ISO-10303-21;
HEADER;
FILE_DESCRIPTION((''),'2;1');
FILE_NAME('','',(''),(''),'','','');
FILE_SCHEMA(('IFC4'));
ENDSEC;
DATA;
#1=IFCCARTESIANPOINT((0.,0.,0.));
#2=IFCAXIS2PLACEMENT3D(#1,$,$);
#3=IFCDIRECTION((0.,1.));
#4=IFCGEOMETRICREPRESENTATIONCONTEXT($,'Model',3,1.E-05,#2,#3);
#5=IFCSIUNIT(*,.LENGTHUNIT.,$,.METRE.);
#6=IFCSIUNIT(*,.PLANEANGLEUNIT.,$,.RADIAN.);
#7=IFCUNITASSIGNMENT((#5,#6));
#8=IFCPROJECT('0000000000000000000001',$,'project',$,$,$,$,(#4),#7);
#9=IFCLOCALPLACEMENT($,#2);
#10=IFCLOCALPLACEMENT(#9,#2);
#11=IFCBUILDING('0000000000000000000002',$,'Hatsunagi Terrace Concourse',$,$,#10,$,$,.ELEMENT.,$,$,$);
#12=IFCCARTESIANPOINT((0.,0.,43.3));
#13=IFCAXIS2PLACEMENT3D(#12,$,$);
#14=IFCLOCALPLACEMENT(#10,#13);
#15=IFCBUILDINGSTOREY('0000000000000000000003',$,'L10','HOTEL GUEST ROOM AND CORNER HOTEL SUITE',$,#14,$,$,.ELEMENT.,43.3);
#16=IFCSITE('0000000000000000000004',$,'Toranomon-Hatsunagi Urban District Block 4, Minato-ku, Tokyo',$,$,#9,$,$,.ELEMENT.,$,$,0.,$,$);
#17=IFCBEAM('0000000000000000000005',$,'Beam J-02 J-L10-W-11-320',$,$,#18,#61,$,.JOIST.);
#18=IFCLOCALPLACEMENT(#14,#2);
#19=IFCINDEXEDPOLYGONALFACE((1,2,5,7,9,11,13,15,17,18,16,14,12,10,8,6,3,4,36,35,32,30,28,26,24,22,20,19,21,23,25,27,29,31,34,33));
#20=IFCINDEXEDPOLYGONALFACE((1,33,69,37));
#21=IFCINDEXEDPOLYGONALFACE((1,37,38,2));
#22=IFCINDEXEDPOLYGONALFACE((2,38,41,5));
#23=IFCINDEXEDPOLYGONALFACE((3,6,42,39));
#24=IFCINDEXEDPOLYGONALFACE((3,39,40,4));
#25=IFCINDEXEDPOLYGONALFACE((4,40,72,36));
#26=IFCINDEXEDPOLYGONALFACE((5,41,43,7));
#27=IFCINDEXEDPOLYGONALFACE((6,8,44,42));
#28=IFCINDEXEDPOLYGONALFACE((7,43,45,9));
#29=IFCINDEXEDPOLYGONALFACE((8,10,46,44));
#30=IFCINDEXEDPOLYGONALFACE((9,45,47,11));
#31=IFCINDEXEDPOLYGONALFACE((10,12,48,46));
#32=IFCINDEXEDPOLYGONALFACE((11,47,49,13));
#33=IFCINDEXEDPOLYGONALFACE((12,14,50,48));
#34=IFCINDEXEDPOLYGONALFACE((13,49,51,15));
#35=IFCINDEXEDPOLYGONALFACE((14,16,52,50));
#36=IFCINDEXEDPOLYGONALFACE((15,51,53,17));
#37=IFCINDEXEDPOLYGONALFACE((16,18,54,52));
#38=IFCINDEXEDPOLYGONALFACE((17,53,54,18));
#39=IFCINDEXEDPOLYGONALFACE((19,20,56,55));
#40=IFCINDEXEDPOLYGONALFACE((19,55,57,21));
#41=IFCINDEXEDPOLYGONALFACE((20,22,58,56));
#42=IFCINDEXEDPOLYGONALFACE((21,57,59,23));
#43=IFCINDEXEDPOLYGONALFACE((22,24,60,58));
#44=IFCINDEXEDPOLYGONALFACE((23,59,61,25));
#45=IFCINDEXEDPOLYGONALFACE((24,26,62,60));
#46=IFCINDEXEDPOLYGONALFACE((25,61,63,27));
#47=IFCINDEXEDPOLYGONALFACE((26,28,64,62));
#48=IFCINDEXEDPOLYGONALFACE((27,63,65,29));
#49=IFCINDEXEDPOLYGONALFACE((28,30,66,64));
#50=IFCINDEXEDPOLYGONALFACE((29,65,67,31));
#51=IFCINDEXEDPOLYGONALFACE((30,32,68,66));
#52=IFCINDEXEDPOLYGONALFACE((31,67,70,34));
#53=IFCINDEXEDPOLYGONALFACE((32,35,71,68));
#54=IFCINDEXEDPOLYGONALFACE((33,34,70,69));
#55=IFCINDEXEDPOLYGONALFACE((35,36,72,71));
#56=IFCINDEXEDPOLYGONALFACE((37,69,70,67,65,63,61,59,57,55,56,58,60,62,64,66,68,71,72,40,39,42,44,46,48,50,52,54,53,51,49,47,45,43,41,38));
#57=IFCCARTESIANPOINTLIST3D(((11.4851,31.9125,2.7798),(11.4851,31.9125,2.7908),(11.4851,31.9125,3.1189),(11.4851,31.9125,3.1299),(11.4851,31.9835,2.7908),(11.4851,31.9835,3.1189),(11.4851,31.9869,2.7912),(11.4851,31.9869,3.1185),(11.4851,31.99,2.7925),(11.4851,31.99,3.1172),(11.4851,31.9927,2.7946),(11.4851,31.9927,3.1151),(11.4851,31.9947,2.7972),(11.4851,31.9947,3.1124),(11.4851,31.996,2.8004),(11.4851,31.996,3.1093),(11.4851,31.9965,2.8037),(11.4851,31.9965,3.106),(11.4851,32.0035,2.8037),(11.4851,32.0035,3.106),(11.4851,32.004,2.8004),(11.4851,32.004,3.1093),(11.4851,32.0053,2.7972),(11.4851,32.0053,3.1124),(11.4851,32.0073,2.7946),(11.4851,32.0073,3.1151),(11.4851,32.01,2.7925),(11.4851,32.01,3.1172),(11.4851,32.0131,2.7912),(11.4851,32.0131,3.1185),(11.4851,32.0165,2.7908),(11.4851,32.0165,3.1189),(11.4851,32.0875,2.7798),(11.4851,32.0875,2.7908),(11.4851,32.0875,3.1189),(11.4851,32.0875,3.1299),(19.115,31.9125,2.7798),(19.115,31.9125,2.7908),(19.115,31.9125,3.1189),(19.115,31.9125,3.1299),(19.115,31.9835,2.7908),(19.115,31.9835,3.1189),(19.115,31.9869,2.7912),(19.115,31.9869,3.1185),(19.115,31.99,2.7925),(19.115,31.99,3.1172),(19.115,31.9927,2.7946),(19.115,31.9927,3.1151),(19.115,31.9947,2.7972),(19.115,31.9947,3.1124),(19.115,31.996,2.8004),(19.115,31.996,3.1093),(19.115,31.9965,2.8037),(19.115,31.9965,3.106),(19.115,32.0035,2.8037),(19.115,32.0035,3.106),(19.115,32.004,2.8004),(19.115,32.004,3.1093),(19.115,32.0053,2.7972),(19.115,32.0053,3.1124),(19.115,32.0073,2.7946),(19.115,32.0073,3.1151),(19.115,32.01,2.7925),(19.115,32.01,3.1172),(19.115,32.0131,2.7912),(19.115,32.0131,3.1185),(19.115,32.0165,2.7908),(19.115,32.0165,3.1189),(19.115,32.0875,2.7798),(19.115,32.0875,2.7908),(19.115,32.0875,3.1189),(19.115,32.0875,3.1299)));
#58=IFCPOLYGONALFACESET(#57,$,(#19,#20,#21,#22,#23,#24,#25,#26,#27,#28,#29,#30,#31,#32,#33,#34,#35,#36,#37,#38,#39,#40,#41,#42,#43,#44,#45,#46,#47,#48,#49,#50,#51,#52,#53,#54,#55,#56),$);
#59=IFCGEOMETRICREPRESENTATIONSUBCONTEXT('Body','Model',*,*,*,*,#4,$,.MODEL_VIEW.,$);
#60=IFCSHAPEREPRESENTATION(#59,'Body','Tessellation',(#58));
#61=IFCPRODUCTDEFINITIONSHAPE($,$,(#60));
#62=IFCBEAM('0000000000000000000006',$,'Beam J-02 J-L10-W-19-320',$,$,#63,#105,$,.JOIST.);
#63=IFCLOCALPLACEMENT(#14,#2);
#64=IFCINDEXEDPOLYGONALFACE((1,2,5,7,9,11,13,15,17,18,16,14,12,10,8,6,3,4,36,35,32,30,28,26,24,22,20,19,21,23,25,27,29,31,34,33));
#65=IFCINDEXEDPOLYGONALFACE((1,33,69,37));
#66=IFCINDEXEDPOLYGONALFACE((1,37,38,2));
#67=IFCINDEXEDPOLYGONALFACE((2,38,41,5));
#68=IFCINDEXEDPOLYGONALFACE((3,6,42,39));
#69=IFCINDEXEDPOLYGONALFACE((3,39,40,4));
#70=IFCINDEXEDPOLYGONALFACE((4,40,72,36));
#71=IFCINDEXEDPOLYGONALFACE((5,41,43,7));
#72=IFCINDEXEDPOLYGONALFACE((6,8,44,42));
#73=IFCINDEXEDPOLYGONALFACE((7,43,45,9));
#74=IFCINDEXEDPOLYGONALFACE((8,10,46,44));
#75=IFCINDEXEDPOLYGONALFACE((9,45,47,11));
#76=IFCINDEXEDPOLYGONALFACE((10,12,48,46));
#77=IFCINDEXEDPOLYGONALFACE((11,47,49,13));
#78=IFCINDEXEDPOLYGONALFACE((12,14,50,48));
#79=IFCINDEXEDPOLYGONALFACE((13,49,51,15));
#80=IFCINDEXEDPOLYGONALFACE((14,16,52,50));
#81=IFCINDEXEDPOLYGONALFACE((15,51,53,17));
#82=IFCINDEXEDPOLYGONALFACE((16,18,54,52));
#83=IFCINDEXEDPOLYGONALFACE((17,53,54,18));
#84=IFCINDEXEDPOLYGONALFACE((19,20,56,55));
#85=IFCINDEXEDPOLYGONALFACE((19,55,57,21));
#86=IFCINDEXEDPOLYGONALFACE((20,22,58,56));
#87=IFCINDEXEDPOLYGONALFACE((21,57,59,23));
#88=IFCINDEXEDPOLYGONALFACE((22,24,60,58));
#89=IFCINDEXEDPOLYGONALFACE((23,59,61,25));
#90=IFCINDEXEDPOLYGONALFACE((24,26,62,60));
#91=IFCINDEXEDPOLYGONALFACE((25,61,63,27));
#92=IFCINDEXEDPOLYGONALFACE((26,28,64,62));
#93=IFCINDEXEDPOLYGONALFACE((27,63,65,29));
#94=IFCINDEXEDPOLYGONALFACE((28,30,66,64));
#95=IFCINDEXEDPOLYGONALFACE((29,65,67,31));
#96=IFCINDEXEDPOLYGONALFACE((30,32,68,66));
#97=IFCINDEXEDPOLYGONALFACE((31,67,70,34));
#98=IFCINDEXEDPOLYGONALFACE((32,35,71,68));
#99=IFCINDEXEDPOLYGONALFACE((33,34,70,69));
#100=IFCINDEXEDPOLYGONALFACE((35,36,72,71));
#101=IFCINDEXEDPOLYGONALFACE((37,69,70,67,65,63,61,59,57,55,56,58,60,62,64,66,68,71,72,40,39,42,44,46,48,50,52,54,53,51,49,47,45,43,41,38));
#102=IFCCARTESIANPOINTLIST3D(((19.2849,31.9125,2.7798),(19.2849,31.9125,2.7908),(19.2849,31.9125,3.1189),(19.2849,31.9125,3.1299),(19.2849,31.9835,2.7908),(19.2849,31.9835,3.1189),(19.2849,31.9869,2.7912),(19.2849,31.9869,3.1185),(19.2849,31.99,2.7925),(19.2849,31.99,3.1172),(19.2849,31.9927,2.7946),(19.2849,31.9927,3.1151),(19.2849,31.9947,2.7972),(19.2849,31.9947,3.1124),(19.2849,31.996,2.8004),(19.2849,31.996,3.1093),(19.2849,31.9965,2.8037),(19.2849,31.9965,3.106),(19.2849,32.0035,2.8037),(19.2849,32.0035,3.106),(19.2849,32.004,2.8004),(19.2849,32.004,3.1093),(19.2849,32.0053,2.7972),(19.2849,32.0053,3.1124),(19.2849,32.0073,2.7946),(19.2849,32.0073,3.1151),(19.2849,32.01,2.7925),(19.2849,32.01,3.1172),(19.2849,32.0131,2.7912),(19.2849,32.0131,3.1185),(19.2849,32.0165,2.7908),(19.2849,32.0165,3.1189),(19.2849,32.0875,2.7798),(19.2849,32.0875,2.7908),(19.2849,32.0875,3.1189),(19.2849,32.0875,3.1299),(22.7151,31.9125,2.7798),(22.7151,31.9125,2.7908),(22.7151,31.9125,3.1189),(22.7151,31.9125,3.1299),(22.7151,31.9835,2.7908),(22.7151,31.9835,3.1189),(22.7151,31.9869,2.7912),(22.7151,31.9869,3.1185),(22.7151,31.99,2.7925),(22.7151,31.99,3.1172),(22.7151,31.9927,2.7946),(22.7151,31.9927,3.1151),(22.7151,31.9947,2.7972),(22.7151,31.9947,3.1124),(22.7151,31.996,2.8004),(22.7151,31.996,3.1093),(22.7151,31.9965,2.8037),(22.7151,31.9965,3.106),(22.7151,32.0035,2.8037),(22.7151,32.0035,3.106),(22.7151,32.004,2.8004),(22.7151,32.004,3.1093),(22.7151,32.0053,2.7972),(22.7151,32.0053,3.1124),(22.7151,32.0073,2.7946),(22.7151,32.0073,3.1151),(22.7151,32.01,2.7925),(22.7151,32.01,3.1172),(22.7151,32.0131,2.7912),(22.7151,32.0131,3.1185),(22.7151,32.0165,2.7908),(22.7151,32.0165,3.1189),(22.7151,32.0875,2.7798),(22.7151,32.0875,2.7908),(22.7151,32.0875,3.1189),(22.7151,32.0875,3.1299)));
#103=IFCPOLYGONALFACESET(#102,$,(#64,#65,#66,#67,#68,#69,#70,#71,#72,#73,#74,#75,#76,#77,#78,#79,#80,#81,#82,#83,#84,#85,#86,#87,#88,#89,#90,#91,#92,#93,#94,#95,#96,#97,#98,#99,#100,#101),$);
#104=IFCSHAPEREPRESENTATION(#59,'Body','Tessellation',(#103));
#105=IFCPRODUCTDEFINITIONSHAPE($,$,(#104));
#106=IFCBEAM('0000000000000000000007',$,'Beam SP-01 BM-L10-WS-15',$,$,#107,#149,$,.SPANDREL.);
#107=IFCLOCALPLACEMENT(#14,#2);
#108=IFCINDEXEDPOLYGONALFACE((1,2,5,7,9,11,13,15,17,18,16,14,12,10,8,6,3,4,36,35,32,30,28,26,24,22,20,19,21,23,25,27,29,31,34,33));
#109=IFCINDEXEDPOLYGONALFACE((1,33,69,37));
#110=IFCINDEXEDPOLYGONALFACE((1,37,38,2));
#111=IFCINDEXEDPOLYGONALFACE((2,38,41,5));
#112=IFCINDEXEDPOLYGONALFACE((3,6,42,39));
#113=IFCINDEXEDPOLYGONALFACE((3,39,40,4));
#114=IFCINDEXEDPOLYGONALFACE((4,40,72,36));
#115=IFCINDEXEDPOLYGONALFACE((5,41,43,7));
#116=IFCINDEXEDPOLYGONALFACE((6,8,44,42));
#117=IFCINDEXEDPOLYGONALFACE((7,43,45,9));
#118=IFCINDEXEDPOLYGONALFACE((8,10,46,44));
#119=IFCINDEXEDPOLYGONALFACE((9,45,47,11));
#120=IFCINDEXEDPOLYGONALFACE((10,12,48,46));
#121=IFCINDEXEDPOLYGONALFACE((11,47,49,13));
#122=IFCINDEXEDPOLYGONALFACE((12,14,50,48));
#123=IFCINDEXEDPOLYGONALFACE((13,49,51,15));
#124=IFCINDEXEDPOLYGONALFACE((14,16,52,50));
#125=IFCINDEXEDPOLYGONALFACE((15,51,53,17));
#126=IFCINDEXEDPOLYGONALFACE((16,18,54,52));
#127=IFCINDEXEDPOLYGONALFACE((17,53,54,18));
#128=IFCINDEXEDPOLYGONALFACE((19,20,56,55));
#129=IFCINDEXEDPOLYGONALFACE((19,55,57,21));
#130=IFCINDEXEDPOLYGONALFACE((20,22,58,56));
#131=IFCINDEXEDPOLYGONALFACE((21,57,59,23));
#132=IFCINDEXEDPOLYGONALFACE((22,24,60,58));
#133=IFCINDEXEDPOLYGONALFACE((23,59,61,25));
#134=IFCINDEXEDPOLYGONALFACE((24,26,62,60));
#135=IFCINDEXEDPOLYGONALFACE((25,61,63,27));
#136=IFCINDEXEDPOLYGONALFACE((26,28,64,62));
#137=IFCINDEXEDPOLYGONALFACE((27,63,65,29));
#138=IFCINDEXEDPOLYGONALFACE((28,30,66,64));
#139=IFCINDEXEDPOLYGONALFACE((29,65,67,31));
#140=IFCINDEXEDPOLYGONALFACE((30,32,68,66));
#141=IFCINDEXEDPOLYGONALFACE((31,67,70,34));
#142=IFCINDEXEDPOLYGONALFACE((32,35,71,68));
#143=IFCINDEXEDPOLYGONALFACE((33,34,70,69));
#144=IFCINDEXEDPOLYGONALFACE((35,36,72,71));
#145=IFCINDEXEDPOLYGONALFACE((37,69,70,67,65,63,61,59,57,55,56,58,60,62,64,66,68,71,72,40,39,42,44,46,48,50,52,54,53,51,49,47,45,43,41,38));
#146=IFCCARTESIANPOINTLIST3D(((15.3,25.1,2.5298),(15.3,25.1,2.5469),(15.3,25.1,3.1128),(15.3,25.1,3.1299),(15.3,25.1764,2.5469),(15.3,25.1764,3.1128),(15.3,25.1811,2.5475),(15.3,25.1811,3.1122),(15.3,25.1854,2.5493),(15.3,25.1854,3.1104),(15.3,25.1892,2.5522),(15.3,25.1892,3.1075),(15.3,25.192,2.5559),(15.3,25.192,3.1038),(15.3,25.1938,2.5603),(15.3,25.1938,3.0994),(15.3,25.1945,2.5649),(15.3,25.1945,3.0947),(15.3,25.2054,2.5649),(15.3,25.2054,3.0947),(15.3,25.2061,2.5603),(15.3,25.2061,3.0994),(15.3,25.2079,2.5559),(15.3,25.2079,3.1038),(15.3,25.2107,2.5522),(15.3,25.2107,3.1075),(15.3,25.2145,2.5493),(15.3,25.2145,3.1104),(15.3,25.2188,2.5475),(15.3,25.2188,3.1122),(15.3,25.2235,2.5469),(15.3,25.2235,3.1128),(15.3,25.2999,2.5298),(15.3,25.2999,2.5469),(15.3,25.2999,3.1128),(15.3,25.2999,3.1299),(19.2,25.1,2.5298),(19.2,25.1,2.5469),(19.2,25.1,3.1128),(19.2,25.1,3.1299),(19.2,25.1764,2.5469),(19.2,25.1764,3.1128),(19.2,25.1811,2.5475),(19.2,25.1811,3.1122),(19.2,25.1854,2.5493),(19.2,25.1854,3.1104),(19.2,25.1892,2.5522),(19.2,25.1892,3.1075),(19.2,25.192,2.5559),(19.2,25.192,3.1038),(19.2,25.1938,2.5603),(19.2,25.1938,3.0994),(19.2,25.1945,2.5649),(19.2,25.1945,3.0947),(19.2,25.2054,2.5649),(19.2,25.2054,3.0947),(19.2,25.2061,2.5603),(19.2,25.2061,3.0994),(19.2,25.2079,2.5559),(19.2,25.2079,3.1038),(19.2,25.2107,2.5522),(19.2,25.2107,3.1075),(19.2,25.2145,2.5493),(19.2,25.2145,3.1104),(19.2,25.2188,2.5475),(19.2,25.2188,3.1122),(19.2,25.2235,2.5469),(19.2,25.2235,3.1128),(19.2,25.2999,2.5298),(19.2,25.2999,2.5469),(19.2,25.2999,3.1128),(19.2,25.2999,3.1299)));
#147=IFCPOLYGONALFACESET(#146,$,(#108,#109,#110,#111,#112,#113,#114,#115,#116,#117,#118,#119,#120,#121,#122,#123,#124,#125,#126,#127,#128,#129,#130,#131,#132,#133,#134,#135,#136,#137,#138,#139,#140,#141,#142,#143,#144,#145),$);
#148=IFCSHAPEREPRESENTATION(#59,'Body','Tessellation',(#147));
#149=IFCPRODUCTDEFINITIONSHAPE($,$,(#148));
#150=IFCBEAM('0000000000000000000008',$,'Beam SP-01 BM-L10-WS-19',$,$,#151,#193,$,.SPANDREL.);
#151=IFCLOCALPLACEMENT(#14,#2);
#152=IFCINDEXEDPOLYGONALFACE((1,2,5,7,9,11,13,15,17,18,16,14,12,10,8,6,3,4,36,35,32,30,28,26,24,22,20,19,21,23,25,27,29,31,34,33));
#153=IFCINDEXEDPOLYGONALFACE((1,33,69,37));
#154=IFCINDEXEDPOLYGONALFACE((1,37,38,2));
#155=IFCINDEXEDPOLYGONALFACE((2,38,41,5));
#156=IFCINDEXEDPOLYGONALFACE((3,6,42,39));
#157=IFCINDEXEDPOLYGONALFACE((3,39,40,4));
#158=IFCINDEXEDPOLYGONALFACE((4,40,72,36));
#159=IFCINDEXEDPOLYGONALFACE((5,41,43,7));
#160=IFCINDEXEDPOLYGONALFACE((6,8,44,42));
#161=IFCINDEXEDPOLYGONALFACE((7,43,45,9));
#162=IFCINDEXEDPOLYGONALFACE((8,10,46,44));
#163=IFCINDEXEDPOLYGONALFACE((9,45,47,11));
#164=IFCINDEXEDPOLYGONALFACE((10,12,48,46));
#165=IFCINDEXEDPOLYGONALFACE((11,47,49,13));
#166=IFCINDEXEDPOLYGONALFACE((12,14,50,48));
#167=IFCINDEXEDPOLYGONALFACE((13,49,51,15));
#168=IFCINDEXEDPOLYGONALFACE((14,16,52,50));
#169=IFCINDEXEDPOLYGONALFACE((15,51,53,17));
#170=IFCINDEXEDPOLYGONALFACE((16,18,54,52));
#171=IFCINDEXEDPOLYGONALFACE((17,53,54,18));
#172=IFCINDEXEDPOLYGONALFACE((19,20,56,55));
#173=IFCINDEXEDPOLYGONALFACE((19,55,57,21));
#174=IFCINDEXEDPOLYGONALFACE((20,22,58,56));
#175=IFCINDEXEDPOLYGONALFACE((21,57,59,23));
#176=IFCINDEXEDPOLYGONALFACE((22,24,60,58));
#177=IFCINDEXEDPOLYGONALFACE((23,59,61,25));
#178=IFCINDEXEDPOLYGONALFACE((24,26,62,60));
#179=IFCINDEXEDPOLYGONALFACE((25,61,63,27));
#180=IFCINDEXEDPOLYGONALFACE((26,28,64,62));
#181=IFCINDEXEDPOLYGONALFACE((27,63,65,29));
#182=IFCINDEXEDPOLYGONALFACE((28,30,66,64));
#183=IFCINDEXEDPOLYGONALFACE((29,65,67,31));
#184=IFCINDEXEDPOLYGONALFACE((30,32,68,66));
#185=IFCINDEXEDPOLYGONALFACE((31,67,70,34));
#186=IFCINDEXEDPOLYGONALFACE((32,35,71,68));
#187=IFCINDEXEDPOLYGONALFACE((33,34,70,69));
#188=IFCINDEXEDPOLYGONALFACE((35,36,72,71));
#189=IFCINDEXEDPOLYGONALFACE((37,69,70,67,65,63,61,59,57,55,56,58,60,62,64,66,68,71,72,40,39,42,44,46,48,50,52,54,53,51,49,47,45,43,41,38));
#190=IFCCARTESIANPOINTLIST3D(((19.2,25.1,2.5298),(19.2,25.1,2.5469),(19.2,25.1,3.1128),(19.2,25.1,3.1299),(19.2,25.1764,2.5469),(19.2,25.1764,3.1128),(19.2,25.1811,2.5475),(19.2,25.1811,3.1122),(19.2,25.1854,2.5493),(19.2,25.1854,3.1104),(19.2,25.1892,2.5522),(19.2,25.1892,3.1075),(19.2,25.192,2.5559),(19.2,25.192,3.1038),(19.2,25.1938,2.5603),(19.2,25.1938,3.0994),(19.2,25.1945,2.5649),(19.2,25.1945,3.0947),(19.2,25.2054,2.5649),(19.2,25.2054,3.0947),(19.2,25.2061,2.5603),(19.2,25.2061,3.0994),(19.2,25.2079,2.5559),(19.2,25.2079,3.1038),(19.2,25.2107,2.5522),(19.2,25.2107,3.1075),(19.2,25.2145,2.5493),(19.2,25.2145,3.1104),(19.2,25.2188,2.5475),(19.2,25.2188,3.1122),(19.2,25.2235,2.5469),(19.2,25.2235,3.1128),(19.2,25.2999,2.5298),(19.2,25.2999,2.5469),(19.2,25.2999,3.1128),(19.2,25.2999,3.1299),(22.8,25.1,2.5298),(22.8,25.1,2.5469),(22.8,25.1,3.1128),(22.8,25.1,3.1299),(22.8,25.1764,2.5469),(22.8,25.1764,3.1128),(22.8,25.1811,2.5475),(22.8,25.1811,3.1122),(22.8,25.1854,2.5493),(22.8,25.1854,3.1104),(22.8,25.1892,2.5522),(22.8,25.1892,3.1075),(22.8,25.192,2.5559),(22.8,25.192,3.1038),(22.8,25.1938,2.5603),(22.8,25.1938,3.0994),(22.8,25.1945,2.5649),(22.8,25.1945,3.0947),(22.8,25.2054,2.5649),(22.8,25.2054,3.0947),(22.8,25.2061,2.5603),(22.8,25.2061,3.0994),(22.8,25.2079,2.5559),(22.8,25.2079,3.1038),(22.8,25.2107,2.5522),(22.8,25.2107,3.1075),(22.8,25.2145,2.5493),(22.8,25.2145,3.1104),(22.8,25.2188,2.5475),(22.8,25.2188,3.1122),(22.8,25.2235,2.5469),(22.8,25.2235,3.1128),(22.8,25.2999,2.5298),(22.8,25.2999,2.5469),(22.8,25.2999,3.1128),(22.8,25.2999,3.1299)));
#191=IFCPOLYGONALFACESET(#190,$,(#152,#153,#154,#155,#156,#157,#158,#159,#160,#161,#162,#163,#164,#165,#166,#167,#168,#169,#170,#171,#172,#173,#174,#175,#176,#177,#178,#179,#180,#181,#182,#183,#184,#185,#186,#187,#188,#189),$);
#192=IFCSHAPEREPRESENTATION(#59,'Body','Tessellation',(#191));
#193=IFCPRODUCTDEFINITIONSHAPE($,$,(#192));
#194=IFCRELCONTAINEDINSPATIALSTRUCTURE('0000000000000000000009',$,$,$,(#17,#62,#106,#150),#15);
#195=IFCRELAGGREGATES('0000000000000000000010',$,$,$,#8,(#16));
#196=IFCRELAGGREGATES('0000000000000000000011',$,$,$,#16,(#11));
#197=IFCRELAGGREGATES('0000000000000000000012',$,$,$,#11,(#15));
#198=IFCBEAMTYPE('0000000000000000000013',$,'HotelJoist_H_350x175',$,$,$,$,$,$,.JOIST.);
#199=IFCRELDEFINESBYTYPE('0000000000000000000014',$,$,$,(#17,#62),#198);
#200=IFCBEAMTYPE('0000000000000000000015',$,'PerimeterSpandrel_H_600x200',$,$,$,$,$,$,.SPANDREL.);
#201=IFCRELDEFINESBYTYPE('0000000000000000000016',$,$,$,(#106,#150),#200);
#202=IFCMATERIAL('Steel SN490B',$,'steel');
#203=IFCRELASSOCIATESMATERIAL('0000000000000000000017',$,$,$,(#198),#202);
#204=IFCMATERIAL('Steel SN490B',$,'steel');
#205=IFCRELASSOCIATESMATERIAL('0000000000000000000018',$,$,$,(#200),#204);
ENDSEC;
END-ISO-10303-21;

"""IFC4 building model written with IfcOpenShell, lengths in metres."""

from ifc_helpers import new_model, si_unit, direction, frame, origin, origin_2d, place, context, subcontext, project, spatial, i_section, extrude, material, material_profile, profile_set, type_object, element, save


model = new_model("IFC4")

# Units and contexts
model_context = context("Model", 3, precision=1e-05, world=origin(), true_north=direction((0.0, 1.0)))
body_context = subcontext(model_context, "Body", "Model", "MODEL_VIEW")
ifc_project = project(units=[si_unit("LENGTHUNIT", "METRE"), si_unit("PLANEANGLEUNIT", "RADIAN")], contexts=[model_context])

# Site, building, storey
site_placement = place(None, origin())
site = spatial("IfcSite", under=ifc_project, at=site_placement, Name="Toranomon-Hatsunagi Urban District Block 4, Minato-ku, Tokyo", CompositionType="ELEMENT", RefElevation=0.0)
building_placement = place(site_placement, origin())
building = spatial("IfcBuilding", under=site, at=building_placement, Name="Hatsunagi Terrace Concourse", CompositionType="ELEMENT")
storey_placement = place(building_placement, frame((0.0, 0.0, 43.3)))
storey = spatial("IfcBuildingStorey", under=building, at=storey_placement, Name="L10", Description="HOTEL GUEST ROOM AND CORNER HOTEL SUITE", CompositionType="ELEMENT", Elevation=43.3)

# Beams
ifc_material_1 = material(Name="Steel SN490B", Category="steel")
ifc_material_profile_1 = material_profile(ifc_material_1, i_section(OverallWidth=0.175, OverallDepth=0.3501, WebThickness=0.0071, FlangeThickness=0.011, FilletRadius=0.0129, at=origin_2d()), Name="H-350x175x7x11")
ifc_profile_set_1 = profile_set([ifc_material_profile_1], Name="Steel SN490B")
beam_type_1 = type_object("IfcBeamType", Name="HotelJoist_H_350x175", PredefinedType="JOIST", material=ifc_profile_set_1)
beam_1_placement = place(storey_placement, frame((11.4851, 32.0, 2.9548), z_axis=(1.0, 0.0, 0.0), x_axis=(0.0, 1.0, 0.0)))
element("IfcBeam", 1, at=beam_1_placement, inside=storey, type_object=beam_type_1, Name="Beam J-02 J-L10-W-11-320", PredefinedType="JOIST", context=body_context, shape_type="SweptSolid", body=[
    extrude(i_section(OverallWidth=0.175, OverallDepth=0.3501, WebThickness=0.0071, FlangeThickness=0.011, FilletRadius=0.0129, at=origin_2d()), origin(), (0.0, 0.0, 1.0), 7.6299),
])
beam_2_placement = place(storey_placement, frame((19.2849, 32.0, 2.9548), z_axis=(1.0, 0.0, 0.0), x_axis=(0.0, 1.0, 0.0)))
element("IfcBeam", 2, at=beam_2_placement, inside=storey, type_object=beam_type_1, Name="Beam J-02 J-L10-W-19-320", PredefinedType="JOIST", context=body_context, shape_type="SweptSolid", body=[
    extrude(i_section(OverallWidth=0.175, OverallDepth=0.3501, WebThickness=0.0071, FlangeThickness=0.011, FilletRadius=0.0129, at=origin_2d()), origin(), (0.0, 0.0, 1.0), 3.4302),
])
ifc_material_2 = material(Name="Steel SN490B", Category="steel")
ifc_material_profile_2 = material_profile(ifc_material_2, i_section(OverallWidth=0.2, OverallDepth=0.6001, WebThickness=0.011, FlangeThickness=0.0171, FilletRadius=0.0181, at=origin_2d()), Name="H-600x200x11x17")
ifc_profile_set_2 = profile_set([ifc_material_profile_2], Name="Steel SN490B")
beam_type_2 = type_object("IfcBeamType", Name="PerimeterSpandrel_H_600x200", PredefinedType="SPANDREL", material=ifc_profile_set_2)
beam_3_placement = place(storey_placement, frame((15.3, 25.2, 2.8298), z_axis=(1.0, 0.0, 0.0), x_axis=(0.0, 1.0, 0.0)))
element("IfcBeam", 3, at=beam_3_placement, inside=storey, type_object=beam_type_2, Name="Beam SP-01 BM-L10-WS-15", PredefinedType="SPANDREL", context=body_context, shape_type="SweptSolid", body=[
    extrude(i_section(OverallWidth=0.2, OverallDepth=0.6001, WebThickness=0.011, FlangeThickness=0.0171, FilletRadius=0.0181, at=origin_2d()), origin(), (0.0, 0.0, 1.0), 3.8999),
])
beam_4_placement = place(storey_placement, frame((19.2, 25.2, 2.8298), z_axis=(1.0, 0.0, 0.0), x_axis=(0.0, 1.0, 0.0)))
element("IfcBeam", 4, at=beam_4_placement, inside=storey, type_object=beam_type_2, Name="Beam SP-01 BM-L10-WS-19", PredefinedType="SPANDREL", context=body_context, shape_type="SweptSolid", body=[
    extrude(i_section(OverallWidth=0.2, OverallDepth=0.6001, WebThickness=0.011, FlangeThickness=0.0171, FilletRadius=0.0181, at=origin_2d()), origin(), (0.0, 0.0, 1.0), 3.6001),
])

save(model, "model.ifc")
